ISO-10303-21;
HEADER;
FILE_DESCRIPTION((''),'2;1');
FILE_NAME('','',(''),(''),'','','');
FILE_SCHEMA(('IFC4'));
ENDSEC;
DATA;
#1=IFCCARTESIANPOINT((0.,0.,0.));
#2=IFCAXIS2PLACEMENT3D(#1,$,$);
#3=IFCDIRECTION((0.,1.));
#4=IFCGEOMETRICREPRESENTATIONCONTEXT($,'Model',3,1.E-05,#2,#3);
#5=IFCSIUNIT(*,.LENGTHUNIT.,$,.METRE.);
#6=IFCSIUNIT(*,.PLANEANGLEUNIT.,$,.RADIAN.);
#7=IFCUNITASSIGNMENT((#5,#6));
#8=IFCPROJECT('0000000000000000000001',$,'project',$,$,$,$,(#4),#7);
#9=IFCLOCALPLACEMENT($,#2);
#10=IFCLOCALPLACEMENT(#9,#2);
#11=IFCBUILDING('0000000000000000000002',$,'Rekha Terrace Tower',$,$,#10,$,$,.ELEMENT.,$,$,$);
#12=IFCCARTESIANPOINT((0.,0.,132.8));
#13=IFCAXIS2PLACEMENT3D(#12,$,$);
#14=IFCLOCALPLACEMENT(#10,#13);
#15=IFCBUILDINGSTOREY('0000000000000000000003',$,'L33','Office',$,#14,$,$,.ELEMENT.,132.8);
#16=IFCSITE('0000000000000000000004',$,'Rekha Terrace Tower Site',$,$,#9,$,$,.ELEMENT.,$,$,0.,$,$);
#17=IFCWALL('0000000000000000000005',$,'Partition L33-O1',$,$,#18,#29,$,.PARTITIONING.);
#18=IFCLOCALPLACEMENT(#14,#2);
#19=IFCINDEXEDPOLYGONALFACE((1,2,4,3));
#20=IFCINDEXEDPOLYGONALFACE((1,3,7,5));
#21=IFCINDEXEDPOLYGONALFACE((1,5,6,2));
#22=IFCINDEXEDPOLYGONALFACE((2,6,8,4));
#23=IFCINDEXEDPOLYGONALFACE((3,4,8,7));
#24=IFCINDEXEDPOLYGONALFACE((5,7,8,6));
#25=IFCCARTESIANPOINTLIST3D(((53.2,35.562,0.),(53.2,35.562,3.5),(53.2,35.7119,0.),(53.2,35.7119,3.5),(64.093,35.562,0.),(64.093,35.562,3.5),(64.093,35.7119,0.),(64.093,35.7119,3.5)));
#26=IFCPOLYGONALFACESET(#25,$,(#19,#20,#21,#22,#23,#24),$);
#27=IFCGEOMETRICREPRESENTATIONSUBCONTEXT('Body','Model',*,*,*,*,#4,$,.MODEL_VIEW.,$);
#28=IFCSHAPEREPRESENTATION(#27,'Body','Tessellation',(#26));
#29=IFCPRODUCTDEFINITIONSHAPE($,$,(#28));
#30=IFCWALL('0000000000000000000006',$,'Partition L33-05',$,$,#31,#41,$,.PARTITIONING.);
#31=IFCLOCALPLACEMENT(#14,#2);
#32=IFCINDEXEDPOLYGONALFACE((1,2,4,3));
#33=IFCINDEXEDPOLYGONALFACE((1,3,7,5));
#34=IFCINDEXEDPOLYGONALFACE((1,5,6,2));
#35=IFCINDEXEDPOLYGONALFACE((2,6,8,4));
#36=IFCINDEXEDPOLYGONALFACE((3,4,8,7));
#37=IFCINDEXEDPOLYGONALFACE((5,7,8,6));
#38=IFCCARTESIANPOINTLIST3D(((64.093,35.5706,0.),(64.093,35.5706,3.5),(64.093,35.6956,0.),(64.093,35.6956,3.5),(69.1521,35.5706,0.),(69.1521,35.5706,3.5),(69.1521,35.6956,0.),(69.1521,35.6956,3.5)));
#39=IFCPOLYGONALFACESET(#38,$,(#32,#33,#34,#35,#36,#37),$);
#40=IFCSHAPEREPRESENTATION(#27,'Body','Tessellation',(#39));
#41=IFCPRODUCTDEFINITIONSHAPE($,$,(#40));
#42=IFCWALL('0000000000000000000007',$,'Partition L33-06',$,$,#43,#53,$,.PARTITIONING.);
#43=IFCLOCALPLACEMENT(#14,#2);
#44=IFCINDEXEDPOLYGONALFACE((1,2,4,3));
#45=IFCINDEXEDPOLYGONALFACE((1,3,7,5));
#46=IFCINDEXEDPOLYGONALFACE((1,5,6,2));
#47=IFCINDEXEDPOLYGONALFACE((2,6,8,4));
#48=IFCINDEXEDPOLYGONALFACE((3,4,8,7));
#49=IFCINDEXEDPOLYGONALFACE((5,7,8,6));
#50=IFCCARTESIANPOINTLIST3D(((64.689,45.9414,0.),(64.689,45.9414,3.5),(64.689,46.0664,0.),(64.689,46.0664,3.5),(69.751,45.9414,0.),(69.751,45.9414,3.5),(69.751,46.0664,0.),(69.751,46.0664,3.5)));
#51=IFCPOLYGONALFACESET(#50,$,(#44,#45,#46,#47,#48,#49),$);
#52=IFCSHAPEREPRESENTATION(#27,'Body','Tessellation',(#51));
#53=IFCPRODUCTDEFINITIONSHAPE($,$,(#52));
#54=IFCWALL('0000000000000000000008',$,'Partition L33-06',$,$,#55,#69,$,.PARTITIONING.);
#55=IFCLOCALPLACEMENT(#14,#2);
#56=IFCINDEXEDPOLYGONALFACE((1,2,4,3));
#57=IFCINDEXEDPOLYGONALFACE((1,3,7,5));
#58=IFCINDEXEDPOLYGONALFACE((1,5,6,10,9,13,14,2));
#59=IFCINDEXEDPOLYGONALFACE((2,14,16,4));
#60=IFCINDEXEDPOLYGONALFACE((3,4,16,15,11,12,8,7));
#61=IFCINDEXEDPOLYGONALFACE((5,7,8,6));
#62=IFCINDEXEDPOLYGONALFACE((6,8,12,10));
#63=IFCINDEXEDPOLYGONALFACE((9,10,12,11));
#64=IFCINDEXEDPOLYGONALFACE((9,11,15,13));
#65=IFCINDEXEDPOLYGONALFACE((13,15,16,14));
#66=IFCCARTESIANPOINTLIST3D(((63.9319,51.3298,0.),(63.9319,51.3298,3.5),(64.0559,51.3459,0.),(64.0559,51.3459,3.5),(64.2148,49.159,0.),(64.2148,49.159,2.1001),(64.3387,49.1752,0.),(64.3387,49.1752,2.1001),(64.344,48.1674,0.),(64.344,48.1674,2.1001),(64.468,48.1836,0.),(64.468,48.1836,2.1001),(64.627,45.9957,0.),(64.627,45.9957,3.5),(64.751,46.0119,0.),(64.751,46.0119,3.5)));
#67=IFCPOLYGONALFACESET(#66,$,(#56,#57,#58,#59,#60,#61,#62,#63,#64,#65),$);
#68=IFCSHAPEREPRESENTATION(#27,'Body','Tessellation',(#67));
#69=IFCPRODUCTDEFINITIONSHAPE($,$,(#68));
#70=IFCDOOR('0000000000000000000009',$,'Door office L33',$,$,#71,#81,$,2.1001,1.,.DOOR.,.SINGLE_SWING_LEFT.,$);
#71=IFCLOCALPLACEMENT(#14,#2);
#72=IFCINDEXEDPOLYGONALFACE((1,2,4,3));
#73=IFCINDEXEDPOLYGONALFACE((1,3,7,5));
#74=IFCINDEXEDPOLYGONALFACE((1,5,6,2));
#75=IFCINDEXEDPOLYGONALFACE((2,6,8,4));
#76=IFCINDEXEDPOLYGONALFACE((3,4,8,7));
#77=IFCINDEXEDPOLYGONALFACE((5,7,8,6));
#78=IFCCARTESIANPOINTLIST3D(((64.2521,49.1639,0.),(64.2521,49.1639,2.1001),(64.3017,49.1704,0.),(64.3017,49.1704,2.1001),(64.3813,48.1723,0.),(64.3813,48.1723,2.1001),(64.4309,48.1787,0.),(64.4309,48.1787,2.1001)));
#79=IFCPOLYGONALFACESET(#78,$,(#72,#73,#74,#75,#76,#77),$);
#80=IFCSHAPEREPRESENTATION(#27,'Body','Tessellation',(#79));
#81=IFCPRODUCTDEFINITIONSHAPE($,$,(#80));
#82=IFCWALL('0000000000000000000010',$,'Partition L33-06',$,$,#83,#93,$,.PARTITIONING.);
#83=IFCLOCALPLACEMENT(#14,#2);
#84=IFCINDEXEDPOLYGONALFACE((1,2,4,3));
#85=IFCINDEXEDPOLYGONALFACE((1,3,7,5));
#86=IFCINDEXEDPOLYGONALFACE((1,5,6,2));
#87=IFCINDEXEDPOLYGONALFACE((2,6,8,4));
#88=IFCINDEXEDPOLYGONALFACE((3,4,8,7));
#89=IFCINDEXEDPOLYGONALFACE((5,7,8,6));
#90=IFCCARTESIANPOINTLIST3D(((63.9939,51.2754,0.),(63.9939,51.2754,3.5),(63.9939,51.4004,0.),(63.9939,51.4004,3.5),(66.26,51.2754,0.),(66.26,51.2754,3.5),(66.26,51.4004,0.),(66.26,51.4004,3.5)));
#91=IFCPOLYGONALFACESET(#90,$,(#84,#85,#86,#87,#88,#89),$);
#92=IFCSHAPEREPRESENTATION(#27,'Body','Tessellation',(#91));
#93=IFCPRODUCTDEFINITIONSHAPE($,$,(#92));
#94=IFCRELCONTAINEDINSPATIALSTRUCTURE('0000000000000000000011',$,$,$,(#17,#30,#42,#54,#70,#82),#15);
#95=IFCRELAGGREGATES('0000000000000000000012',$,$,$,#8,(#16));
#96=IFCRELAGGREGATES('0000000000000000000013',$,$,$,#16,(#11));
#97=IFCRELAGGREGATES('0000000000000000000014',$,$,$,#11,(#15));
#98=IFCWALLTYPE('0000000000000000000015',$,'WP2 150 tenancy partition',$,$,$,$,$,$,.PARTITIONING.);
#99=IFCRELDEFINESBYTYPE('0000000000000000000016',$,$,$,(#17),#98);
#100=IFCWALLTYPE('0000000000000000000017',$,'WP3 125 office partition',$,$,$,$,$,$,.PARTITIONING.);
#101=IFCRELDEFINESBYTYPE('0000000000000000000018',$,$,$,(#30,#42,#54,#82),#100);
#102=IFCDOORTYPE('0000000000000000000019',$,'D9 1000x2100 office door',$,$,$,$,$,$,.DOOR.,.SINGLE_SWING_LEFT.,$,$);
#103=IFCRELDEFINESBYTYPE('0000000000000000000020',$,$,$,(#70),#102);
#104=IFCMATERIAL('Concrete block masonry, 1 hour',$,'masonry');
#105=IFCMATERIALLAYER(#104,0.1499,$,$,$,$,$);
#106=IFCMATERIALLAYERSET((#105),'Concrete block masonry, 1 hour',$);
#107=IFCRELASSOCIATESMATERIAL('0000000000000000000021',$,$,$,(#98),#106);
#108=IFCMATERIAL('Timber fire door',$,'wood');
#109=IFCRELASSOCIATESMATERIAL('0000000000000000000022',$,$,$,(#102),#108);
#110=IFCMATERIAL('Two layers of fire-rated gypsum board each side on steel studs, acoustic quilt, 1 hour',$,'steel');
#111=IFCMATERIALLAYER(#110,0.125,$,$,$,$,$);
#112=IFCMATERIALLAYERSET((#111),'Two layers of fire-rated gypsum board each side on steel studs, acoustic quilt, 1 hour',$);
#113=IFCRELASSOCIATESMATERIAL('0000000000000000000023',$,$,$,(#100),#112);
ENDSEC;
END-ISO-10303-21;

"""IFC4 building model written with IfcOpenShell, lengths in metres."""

from ifc_helpers import new_model, si_unit, direction, frame, frame_2d, origin, place, context, subcontext, project, spatial, rectangle, extrude, material, layer, layer_set, type_object, element, fill, save


model = new_model("IFC4")

# Units and contexts
model_context = context("Model", 3, precision=1e-05, world=origin(), true_north=direction((0.0, 1.0)))
body_context = subcontext(model_context, "Body", "Model", "MODEL_VIEW")
ifc_project = project(units=[si_unit("LENGTHUNIT", "METRE"), si_unit("PLANEANGLEUNIT", "RADIAN")], contexts=[model_context])

# Site, building, storey
site_placement = place(None, origin())
site = spatial("IfcSite", under=ifc_project, at=site_placement, Name="Rekha Terrace Tower Site", CompositionType="ELEMENT", RefElevation=0.0)
building_placement = place(site_placement, origin())
building = spatial("IfcBuilding", under=site, at=building_placement, Name="Rekha Terrace Tower", CompositionType="ELEMENT")
storey_placement = place(building_placement, frame((0.0, 0.0, 132.8)))
storey = spatial("IfcBuildingStorey", under=building, at=storey_placement, Name="L33", Description="Office", CompositionType="ELEMENT", Elevation=132.8)

# Shared definitions
ifc_material_1 = material(Name="Concrete block masonry, 1 hour", Category="masonry")
ifc_layer_1 = layer(ifc_material_1, 0.1499)
ifc_layer_set_1 = layer_set([ifc_layer_1], Name="Concrete block masonry, 1 hour")
wall_type_1 = type_object("IfcWallType", Name="WP2 150 tenancy partition", PredefinedType="PARTITIONING", material=ifc_layer_set_1)

# Shared definitions
ifc_material_2 = material(Name="Timber fire door", Category="wood")
door_type = type_object("IfcDoorType", Name="D9 1000x2100 office door", OperationType="SINGLE_SWING_LEFT", PredefinedType="DOOR", material=ifc_material_2)

# Walls
wall_1_placement = place(storey_placement, frame((53.2, 35.637, 0.0), z_axis=(0.0, 0.0, 1.0), x_axis=(1.0, 0.0, 0.0)))
element("IfcWall", 1, at=wall_1_placement, inside=storey, type_object=wall_type_1, Name="Partition L33-O1", PredefinedType="PARTITIONING", context=body_context, shape_type="SweptSolid", body=[
    extrude(rectangle(XDim=10.8931, YDim=0.1499, at=frame_2d((5.4465, 0.0))), origin(), (0.0, 0.0, 1.0), 3.5),
])
ifc_material_3 = material(Name="Two layers of fire-rated gypsum board each side on steel studs, acoustic quilt, 1 hour", Category="steel")
ifc_layer_2 = layer(ifc_material_3, 0.125)
ifc_layer_set_2 = layer_set([ifc_layer_2], Name="Two layers of fire-rated gypsum board each side on steel studs, acoustic quilt, 1 hour")
wall_type_2 = type_object("IfcWallType", Name="WP3 125 office partition", PredefinedType="PARTITIONING", material=ifc_layer_set_2)
wall_2_placement = place(storey_placement, frame((64.093, 35.6331, 0.0), z_axis=(0.0, 0.0, 1.0), x_axis=(1.0, 0.0, 0.0)))
element("IfcWall", 2, at=wall_2_placement, inside=storey, type_object=wall_type_2, Name="Partition L33-05", PredefinedType="PARTITIONING", context=body_context, shape_type="SweptSolid", body=[
    extrude(rectangle(XDim=5.0591, YDim=0.125, at=frame_2d((2.5295, 0.0))), origin(), (0.0, 0.0, 1.0), 3.5),
])
wall_3_placement = place(storey_placement, frame((69.751, 46.0039, 0.0), z_axis=(0.0, 0.0, 1.0), x_axis=(-1.0, 0.0, 0.0)))
element("IfcWall", 3, at=wall_3_placement, inside=storey, type_object=wall_type_2, Name="Partition L33-06", PredefinedType="PARTITIONING", context=body_context, shape_type="SweptSolid", body=[
    extrude(rectangle(XDim=5.062, YDim=0.125, at=frame_2d((2.531, 0.0))), origin(), (0.0, 0.0, 1.0), 3.5),
])

# Wall, opening, door
wall_4_placement = place(storey_placement, frame((64.689, 46.0039, 0.0), z_axis=(0.0, 0.0, 1.0), x_axis=(-0.129217, 0.991616, 0.0)))
wall_4 = element("IfcWall", 4, at=wall_4_placement, inside=storey, type_object=wall_type_2, Name="Partition L33-06", PredefinedType="PARTITIONING", context=body_context, shape_type="SweptSolid", body=[
    extrude(rectangle(XDim=5.3792, YDim=0.125, at=frame_2d((2.6895, 0.0))), origin(), (0.0, 0.0, 1.0), 3.5),
])
opening_1_placement = place(wall_4_placement, frame((2.1899, 0.0, 0.0)))
opening_1 = element("IfcOpeningElement", 5, at=opening_1_placement, cuts=wall_4, PredefinedType="OPENING", context=body_context, shape_type="SweptSolid", body=[
    extrude(rectangle(XDim=1.0, YDim=2.1001, at=frame_2d((0.5, 1.05))), frame((0.0, 0.0725, 0.0), z_axis=(0.0, -1.0, 0.0), x_axis=(1.0, 0.0, 0.0)), (0.0, 0.0, 1.0), 0.145),
])
door_1_placement = place(opening_1_placement, origin())
door_1 = element("IfcDoor", 6, at=door_1_placement, inside=storey, type_object=door_type, Name="Door office L33", OperationType="SINGLE_SWING_LEFT", OverallHeight=2.1001, OverallWidth=1.0, PredefinedType="DOOR", context=body_context, shape_type="SweptSolid", body=[
    extrude(rectangle(XDim=1.0, YDim=2.1001, at=frame_2d((0.5, 1.05))), frame((0.0, 0.0249, 0.0), z_axis=(0.0, -1.0, 0.0), x_axis=(1.0, 0.0, 0.0)), (0.0, 0.0, 1.0), 0.05),
])
fill(opening_1, door_1)

# Wall
wall_5_placement = place(storey_placement, frame((63.9939, 51.3379, 0.0), z_axis=(0.0, 0.0, 1.0), x_axis=(1.0, 0.0, 0.0)))
element("IfcWall", 7, at=wall_5_placement, inside=storey, type_object=wall_type_2, Name="Partition L33-06", PredefinedType="PARTITIONING", context=body_context, shape_type="SweptSolid", body=[
    extrude(rectangle(XDim=2.2661, YDim=0.125, at=frame_2d((1.1331, 0.0))), origin(), (0.0, 0.0, 1.0), 3.5),
])

save(model, "model.ifc")
